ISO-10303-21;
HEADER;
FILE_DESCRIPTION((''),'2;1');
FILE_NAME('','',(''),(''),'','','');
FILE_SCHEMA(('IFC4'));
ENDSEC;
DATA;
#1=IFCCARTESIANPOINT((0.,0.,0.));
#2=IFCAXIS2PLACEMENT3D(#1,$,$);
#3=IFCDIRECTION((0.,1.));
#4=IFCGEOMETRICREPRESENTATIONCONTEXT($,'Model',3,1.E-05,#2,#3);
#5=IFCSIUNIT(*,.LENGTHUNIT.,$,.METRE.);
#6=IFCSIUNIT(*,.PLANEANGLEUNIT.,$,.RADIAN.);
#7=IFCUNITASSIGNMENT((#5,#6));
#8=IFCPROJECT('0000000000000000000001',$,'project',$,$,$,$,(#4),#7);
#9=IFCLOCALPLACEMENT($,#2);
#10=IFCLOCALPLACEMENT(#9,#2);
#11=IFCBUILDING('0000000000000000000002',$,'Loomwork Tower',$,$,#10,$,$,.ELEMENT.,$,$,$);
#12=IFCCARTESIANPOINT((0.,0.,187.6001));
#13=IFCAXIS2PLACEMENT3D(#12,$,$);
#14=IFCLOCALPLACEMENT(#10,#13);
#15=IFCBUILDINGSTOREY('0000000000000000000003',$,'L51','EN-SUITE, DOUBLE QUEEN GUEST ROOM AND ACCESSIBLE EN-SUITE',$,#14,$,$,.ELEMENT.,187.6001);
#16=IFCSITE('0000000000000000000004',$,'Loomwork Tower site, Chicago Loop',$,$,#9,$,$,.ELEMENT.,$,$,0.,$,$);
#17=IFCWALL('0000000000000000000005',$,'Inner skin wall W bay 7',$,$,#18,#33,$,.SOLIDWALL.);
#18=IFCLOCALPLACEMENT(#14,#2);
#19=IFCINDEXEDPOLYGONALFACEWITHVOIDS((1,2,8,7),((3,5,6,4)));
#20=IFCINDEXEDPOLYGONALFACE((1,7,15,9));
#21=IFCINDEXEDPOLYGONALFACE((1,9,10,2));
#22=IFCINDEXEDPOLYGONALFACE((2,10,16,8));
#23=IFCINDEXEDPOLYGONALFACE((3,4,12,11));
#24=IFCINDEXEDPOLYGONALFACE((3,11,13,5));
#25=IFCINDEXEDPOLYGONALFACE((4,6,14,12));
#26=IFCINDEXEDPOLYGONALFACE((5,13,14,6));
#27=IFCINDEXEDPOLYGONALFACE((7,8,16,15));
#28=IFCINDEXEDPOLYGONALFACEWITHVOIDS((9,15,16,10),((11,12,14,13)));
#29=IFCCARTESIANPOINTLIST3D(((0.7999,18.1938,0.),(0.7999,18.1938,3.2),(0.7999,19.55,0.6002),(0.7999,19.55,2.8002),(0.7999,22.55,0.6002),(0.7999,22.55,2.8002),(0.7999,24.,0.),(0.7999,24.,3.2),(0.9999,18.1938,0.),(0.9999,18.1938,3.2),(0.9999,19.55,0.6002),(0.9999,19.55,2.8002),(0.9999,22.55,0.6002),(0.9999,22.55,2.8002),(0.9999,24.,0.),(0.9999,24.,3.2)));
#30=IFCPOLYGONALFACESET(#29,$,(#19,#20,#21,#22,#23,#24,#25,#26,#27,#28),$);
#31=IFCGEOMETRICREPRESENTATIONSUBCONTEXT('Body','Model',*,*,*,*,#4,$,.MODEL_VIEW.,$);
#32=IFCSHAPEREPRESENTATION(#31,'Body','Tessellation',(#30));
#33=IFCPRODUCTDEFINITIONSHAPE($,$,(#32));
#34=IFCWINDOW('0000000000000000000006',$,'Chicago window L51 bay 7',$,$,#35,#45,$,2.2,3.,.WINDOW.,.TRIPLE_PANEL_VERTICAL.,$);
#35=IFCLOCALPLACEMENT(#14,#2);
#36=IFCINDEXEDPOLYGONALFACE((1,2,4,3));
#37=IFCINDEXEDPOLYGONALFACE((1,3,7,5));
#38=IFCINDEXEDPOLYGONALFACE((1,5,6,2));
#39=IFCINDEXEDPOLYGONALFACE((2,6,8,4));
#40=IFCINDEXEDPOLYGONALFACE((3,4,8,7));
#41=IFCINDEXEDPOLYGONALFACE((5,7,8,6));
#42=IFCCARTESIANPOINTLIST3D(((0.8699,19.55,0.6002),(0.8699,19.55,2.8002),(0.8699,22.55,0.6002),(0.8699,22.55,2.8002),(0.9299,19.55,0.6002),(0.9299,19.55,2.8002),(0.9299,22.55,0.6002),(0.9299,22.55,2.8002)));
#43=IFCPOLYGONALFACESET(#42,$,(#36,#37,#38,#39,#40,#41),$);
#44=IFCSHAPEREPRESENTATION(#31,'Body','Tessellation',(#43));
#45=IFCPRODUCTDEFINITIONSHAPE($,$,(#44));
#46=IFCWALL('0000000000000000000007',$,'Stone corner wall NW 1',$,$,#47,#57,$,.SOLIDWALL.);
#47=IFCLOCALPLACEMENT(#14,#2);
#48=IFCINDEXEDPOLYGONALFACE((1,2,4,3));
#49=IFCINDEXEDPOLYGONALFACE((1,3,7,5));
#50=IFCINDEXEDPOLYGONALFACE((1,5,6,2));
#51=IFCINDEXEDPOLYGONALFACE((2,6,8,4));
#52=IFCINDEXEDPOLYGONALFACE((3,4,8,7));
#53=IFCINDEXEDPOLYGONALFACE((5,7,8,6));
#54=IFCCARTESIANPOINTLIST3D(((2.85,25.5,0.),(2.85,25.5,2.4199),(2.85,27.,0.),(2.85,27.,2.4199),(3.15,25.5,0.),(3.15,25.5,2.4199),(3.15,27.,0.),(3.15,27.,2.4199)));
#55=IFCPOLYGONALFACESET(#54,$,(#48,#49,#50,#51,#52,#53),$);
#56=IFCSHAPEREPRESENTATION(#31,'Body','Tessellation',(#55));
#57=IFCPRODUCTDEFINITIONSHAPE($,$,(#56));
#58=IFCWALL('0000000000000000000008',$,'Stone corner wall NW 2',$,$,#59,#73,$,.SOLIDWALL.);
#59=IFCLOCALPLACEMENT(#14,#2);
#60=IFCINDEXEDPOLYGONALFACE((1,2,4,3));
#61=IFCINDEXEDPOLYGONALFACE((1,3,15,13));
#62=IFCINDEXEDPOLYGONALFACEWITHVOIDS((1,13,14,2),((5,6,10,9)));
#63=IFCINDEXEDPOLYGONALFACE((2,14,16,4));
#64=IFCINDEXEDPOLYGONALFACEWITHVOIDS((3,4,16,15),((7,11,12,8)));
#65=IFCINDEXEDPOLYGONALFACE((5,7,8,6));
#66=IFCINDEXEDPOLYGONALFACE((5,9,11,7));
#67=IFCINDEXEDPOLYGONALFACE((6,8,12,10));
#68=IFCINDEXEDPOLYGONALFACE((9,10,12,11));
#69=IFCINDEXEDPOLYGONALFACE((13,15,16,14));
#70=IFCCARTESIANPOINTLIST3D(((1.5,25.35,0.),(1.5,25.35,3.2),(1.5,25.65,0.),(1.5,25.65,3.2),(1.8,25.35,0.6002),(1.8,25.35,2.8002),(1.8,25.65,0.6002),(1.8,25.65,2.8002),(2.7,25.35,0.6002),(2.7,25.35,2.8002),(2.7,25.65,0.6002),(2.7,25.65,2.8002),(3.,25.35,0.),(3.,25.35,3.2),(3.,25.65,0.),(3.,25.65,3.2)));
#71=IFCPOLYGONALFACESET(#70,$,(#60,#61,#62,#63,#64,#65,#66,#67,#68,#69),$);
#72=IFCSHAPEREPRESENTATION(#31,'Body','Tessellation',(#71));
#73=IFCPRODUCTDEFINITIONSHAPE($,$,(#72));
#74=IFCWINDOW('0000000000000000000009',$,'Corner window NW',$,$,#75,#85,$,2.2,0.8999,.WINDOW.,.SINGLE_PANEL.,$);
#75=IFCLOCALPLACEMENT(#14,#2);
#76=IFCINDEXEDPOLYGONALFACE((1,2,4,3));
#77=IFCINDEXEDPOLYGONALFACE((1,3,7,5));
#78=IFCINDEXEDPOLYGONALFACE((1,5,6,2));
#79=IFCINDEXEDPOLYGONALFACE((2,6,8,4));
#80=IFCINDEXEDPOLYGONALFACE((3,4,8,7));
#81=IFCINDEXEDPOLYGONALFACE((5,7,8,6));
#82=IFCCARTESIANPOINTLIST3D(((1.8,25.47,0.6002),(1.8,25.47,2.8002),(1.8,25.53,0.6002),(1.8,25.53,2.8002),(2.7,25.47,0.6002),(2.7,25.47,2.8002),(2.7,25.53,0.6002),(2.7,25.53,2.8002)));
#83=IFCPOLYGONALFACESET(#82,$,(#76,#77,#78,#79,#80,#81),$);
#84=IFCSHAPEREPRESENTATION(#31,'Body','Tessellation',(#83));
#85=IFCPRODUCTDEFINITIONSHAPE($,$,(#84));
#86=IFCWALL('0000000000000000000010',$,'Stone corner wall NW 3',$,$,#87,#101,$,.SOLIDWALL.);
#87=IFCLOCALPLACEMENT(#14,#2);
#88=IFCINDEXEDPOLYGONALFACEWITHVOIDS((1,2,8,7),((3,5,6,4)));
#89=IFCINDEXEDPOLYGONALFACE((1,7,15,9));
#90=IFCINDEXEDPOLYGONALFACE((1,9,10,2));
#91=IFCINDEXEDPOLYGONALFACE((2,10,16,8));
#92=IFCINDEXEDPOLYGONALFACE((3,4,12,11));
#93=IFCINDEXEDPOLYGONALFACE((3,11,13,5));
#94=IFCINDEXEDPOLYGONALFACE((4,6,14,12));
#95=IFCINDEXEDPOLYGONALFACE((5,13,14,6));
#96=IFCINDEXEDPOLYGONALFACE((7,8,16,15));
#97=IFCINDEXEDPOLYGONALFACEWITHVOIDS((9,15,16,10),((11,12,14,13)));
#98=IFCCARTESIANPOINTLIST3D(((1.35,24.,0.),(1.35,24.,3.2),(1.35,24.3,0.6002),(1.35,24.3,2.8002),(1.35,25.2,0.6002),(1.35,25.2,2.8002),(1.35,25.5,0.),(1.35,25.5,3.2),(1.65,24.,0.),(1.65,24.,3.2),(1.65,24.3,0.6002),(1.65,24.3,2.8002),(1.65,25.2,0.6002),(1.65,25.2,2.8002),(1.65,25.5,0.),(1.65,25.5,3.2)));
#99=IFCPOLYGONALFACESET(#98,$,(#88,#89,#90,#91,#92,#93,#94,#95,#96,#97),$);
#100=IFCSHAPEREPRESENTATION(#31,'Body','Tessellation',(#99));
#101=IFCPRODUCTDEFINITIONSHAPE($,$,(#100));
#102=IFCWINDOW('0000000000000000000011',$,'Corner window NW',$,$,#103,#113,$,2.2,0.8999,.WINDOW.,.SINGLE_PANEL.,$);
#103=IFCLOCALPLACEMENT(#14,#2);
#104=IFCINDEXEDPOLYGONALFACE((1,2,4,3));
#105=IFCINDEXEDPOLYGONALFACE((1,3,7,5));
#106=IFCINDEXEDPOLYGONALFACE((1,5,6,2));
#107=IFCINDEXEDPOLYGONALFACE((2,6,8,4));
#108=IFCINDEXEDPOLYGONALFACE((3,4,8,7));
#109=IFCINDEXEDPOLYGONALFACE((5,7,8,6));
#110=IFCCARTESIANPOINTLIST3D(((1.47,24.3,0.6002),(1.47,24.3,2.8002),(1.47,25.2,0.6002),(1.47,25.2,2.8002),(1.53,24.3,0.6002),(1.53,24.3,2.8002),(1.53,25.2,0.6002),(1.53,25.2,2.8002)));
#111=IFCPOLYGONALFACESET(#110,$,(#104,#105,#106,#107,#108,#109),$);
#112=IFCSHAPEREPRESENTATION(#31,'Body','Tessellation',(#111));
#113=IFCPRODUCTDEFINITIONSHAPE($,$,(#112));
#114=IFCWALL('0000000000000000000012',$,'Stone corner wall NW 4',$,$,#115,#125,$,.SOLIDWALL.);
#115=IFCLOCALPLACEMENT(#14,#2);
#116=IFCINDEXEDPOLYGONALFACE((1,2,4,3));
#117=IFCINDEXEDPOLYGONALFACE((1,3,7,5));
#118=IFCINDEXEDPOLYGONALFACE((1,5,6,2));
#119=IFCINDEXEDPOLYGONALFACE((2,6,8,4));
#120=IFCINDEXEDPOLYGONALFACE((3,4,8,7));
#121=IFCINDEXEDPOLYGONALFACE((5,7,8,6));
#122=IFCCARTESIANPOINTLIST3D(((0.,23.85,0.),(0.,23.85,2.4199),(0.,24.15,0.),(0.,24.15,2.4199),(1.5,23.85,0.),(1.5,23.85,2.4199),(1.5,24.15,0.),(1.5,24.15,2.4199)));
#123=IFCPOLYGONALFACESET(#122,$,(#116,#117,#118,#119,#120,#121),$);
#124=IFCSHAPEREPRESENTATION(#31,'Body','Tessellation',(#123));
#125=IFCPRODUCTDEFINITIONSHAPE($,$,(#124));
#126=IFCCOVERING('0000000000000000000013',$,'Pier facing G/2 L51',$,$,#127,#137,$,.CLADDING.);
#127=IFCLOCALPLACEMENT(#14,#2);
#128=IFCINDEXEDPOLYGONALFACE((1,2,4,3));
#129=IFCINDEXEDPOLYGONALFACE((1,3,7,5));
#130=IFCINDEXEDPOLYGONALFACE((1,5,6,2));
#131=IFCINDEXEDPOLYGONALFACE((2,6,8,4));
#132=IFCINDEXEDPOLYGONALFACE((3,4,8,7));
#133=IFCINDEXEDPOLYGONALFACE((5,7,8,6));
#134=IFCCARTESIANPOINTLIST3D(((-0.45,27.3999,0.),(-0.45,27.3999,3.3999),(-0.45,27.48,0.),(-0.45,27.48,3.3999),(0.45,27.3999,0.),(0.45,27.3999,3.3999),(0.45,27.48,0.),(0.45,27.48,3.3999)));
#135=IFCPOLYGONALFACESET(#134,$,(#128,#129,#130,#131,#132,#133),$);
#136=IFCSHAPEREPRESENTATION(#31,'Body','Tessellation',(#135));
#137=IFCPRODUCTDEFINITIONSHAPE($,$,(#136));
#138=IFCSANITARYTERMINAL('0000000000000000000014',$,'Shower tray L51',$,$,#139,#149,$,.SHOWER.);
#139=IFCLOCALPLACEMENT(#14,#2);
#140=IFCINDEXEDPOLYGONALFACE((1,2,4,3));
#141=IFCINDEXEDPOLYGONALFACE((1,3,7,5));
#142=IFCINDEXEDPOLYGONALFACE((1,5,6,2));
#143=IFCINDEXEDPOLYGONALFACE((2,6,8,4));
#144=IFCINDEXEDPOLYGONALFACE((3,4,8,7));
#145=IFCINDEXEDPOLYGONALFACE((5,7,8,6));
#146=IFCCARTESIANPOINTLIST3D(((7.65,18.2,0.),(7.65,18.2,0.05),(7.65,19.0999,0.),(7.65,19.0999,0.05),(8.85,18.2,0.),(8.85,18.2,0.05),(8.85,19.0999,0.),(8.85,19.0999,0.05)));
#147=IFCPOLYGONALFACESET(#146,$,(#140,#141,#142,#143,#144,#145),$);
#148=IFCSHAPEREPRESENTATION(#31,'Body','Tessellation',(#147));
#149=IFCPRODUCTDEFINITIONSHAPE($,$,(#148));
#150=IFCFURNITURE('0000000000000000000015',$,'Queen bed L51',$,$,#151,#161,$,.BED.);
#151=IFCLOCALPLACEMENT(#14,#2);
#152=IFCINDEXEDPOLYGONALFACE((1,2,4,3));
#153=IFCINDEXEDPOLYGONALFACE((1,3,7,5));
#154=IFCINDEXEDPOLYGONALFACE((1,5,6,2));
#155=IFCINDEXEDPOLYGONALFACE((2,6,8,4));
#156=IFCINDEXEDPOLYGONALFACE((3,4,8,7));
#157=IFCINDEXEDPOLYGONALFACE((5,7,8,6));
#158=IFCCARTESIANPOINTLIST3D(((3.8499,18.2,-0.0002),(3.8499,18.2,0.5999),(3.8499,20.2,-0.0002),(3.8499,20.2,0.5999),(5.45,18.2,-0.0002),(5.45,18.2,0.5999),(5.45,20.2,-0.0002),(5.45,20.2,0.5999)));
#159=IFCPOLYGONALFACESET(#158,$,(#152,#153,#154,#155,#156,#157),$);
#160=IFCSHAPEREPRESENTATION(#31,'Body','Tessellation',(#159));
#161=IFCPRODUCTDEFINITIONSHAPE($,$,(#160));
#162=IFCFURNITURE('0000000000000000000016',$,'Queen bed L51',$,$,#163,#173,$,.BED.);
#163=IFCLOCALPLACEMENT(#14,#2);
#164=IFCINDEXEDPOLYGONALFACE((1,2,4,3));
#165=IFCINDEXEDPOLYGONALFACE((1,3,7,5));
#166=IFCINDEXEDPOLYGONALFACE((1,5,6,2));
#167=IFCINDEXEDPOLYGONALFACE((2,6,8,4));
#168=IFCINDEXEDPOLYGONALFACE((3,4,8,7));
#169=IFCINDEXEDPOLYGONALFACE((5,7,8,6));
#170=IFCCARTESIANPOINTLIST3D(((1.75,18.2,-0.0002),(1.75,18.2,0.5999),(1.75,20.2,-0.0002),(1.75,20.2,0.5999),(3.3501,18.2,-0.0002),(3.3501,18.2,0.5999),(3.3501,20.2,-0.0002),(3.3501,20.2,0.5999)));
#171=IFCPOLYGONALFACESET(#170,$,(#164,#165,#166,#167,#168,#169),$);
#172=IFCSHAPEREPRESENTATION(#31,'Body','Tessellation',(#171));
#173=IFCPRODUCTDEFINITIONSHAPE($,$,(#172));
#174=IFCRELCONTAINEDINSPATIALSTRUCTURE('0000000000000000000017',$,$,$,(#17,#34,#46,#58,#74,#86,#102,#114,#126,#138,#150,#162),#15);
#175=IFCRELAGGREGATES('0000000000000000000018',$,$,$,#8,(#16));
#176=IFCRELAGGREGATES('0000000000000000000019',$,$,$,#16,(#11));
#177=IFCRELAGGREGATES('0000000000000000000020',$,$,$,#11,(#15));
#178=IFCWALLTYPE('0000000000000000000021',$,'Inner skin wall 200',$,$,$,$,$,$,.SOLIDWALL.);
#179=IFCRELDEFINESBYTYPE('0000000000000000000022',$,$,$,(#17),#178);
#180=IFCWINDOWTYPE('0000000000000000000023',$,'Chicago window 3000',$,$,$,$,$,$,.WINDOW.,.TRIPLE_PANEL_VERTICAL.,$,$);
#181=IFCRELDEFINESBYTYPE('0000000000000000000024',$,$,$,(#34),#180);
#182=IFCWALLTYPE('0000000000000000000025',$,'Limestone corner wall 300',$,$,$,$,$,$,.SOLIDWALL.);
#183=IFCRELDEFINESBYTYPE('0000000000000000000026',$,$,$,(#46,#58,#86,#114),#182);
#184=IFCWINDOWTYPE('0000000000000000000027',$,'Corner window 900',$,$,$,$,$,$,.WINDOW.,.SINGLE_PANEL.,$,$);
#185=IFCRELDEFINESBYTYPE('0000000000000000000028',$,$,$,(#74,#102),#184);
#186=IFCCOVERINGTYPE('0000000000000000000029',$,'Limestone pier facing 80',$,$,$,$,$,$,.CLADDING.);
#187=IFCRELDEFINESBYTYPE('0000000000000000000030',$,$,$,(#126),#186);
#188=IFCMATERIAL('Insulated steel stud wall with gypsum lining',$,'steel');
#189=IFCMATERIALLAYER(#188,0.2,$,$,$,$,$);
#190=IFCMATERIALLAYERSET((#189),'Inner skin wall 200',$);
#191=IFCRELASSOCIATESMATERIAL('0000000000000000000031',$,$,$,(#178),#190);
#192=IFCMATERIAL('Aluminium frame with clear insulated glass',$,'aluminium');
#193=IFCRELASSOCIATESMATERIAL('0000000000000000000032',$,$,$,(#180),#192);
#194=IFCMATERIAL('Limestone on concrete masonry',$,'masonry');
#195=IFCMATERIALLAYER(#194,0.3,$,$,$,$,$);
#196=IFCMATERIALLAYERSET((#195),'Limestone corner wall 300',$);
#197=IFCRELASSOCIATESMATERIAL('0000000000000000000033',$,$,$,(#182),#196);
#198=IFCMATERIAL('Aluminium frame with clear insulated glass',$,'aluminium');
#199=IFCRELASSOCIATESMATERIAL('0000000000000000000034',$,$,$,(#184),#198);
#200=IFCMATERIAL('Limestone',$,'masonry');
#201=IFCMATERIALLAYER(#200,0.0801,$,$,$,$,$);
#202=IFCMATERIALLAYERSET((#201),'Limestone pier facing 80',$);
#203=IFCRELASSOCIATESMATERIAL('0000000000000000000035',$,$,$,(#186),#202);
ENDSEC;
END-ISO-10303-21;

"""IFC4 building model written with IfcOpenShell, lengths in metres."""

from ifc_helpers import new_model, si_unit, direction, frame, frame_2d, origin, origin_2d, place, context, subcontext, project, spatial, rectangle, extrude, material, layer, layer_set, type_object, element, fill, save


model = new_model("IFC4")

# Units and contexts
model_context = context("Model", 3, precision=1e-05, world=origin(), true_north=direction((0.0, 1.0)))
body_context = subcontext(model_context, "Body", "Model", "MODEL_VIEW")
ifc_project = project(units=[si_unit("LENGTHUNIT", "METRE"), si_unit("PLANEANGLEUNIT", "RADIAN")], contexts=[model_context])

# Site, building, storey
site_placement = place(None, origin())
site = spatial("IfcSite", under=ifc_project, at=site_placement, Name="Loomwork Tower site, Chicago Loop", CompositionType="ELEMENT", RefElevation=0.0)
building_placement = place(site_placement, origin())
building = spatial("IfcBuilding", under=site, at=building_placement, Name="Loomwork Tower", CompositionType="ELEMENT")
storey_placement = place(building_placement, frame((0.0, 0.0, 187.6001)))
storey = spatial("IfcBuildingStorey", under=building, at=storey_placement, Name="L51", Description="EN-SUITE, DOUBLE QUEEN GUEST ROOM AND ACCESSIBLE EN-SUITE", CompositionType="ELEMENT", Elevation=187.6001)

# Wall, opening, window
ifc_material_1 = material(Name="Insulated steel stud wall with gypsum lining", Category="steel")
ifc_layer_1 = layer(ifc_material_1, 0.2)
ifc_layer_set_1 = layer_set([ifc_layer_1], Name="Inner skin wall 200")
wall_type_1 = type_object("IfcWallType", Name="Inner skin wall 200", PredefinedType="SOLIDWALL", material=ifc_layer_set_1)
wall_1_placement = place(storey_placement, frame((0.8999, 18.1938, 0.0), z_axis=(0.0, 0.0, 1.0), x_axis=(0.0, 1.0, 0.0)))
wall_1 = element("IfcWall", 1, at=wall_1_placement, inside=storey, type_object=wall_type_1, Name="Inner skin wall W bay 7", PredefinedType="SOLIDWALL", context=body_context, shape_type="SweptSolid", body=[
    extrude(rectangle(XDim=5.8062, YDim=0.2, at=frame_2d((2.9031, 0.0))), origin(), (0.0, 0.0, 1.0), 3.2),
])
opening_1_placement = place(wall_1_placement, frame((1.3562, 0.0, 0.6001)))
opening_1 = element("IfcOpeningElement", 2, at=opening_1_placement, cuts=wall_1, PredefinedType="OPENING", context=body_context, shape_type="SweptSolid", body=[
    extrude(rectangle(XDim=3.0, YDim=2.2, at=frame_2d((1.5, 1.1001))), frame((0.0, 0.1099, 0.0), z_axis=(0.0, -1.0, 0.0), x_axis=(1.0, 0.0, 0.0)), (0.0, 0.0, 1.0), 0.22),
])
ifc_material_2 = material(Name="Aluminium frame with clear insulated glass", Category="aluminium")
window_type_1 = type_object("IfcWindowType", Name="Chicago window 3000", PartitioningType="TRIPLE_PANEL_VERTICAL", PredefinedType="WINDOW", material=ifc_material_2)
window_1_placement = place(opening_1_placement, origin())
window_1 = element("IfcWindow", 3, at=window_1_placement, inside=storey, type_object=window_type_1, Name="Chicago window L51 bay 7", OverallHeight=2.2, OverallWidth=3.0, PartitioningType="TRIPLE_PANEL_VERTICAL", PredefinedType="WINDOW", context=body_context, shape_type="SweptSolid", body=[
    extrude(rectangle(XDim=3.0, YDim=2.2, at=frame_2d((1.5, 1.1001))), frame((0.0, 0.03, 0.0), z_axis=(0.0, -1.0, 0.0), x_axis=(1.0, 0.0, 0.0)), (0.0, 0.0, 1.0), 0.0601),
])
fill(opening_1, window_1)

# Wall
ifc_material_3 = material(Name="Limestone on concrete masonry", Category="masonry")
ifc_layer_2 = layer(ifc_material_3, 0.3)
ifc_layer_set_2 = layer_set([ifc_layer_2], Name="Limestone corner wall 300")
wall_type_2 = type_object("IfcWallType", Name="Limestone corner wall 300", PredefinedType="SOLIDWALL", material=ifc_layer_set_2)
wall_2_placement = place(storey_placement, frame((3.0, 27.0, 0.0), z_axis=(0.0, 0.0, 1.0), x_axis=(0.0, -1.0, 0.0)))
element("IfcWall", 4, at=wall_2_placement, inside=storey, type_object=wall_type_2, Name="Stone corner wall NW 1", PredefinedType="SOLIDWALL", context=body_context, shape_type="SweptSolid", body=[
    extrude(rectangle(XDim=1.5, YDim=0.3, at=frame_2d((0.75, 0.0))), origin(), (0.0, 0.0, 1.0), 2.4199),
])

# Walls, openings, windows
wall_3_placement = place(storey_placement, frame((3.0, 25.5, 0.0), z_axis=(0.0, 0.0, 1.0), x_axis=(-1.0, 0.0, 0.0)))
wall_3 = element("IfcWall", 5, at=wall_3_placement, inside=storey, type_object=wall_type_2, Name="Stone corner wall NW 2", PredefinedType="SOLIDWALL", context=body_context, shape_type="SweptSolid", body=[
    extrude(rectangle(XDim=1.5, YDim=0.3, at=frame_2d((0.75, 0.0))), origin(), (0.0, 0.0, 1.0), 3.2),
])
opening_2_placement = place(wall_3_placement, frame((0.3, 0.0, 0.6001)))
opening_2 = element("IfcOpeningElement", 6, at=opening_2_placement, cuts=wall_3, PredefinedType="OPENING", context=body_context, shape_type="SweptSolid", body=[
    extrude(rectangle(XDim=0.8999, YDim=2.2, at=frame_2d((0.45, 1.1001))), frame((0.0, 0.1599, 0.0), z_axis=(0.0, -1.0, 0.0), x_axis=(1.0, 0.0, 0.0)), (0.0, 0.0, 1.0), 0.3201),
])
ifc_material_4 = material(Name="Aluminium frame with clear insulated glass", Category="aluminium")
window_type_2 = type_object("IfcWindowType", Name="Corner window 900", PartitioningType="SINGLE_PANEL", PredefinedType="WINDOW", material=ifc_material_4)
window_2_placement = place(opening_2_placement, origin())
window_2 = element("IfcWindow", 7, at=window_2_placement, inside=storey, type_object=window_type_2, Name="Corner window NW", OverallHeight=2.2, OverallWidth=0.8999, PartitioningType="SINGLE_PANEL", PredefinedType="WINDOW", context=body_context, shape_type="SweptSolid", body=[
    extrude(rectangle(XDim=0.8999, YDim=2.2, at=frame_2d((0.45, 1.1001))), frame((0.0, 0.03, 0.0), z_axis=(0.0, -1.0, 0.0), x_axis=(1.0, 0.0, 0.0)), (0.0, 0.0, 1.0), 0.0601),
])
fill(opening_2, window_2)
wall_4_placement = place(storey_placement, frame((1.5, 25.5, 0.0), z_axis=(0.0, 0.0, 1.0), x_axis=(0.0, -1.0, 0.0)))
wall_4 = element("IfcWall", 8, at=wall_4_placement, inside=storey, type_object=wall_type_2, Name="Stone corner wall NW 3", PredefinedType="SOLIDWALL", context=body_context, shape_type="SweptSolid", body=[
    extrude(rectangle(XDim=1.5, YDim=0.3, at=frame_2d((0.75, 0.0))), origin(), (0.0, 0.0, 1.0), 3.2),
])
opening_3_placement = place(wall_4_placement, frame((0.3, 0.0, 0.6001)))
opening_3 = element("IfcOpeningElement", 9, at=opening_3_placement, cuts=wall_4, PredefinedType="OPENING", context=body_context, shape_type="SweptSolid", body=[
    extrude(rectangle(XDim=0.8999, YDim=2.2, at=frame_2d((0.45, 1.1001))), frame((0.0, 0.1599, 0.0), z_axis=(0.0, -1.0, 0.0), x_axis=(1.0, 0.0, 0.0)), (0.0, 0.0, 1.0), 0.3201),
])
window_3_placement = place(opening_3_placement, origin())
window_3 = element("IfcWindow", 10, at=window_3_placement, inside=storey, type_object=window_type_2, Name="Corner window NW", OverallHeight=2.2, OverallWidth=0.8999, PartitioningType="SINGLE_PANEL", PredefinedType="WINDOW", context=body_context, shape_type="SweptSolid", body=[
    extrude(rectangle(XDim=0.8999, YDim=2.2, at=frame_2d((0.45, 1.1001))), frame((0.0, 0.03, 0.0), z_axis=(0.0, -1.0, 0.0), x_axis=(1.0, 0.0, 0.0)), (0.0, 0.0, 1.0), 0.0601),
])
fill(opening_3, window_3)

# Wall
wall_5_placement = place(storey_placement, frame((1.5, 24.0, 0.0), z_axis=(0.0, 0.0, 1.0), x_axis=(-1.0, 0.0, 0.0)))
element("IfcWall", 11, at=wall_5_placement, inside=storey, type_object=wall_type_2, Name="Stone corner wall NW 4", PredefinedType="SOLIDWALL", context=body_context, shape_type="SweptSolid", body=[
    extrude(rectangle(XDim=1.5, YDim=0.3, at=frame_2d((0.75, 0.0))), origin(), (0.0, 0.0, 1.0), 2.4199),
])

# Covering
ifc_material_5 = material(Name="Limestone", Category="masonry")
ifc_layer_3 = layer(ifc_material_5, 0.0801)
ifc_layer_set_3 = layer_set([ifc_layer_3], Name="Limestone pier facing 80")
covering_type = type_object("IfcCoveringType", Name="Limestone pier facing 80", PredefinedType="CLADDING", material=ifc_layer_set_3)
covering_placement = place(storey_placement, frame((0.0, 27.4399, 0.0), z_axis=(0.0, 0.0, 1.0), x_axis=(1.0, 0.0, 0.0)))
element("IfcCovering", 12, at=covering_placement, inside=storey, type_object=covering_type, Name="Pier facing G/2 L51", PredefinedType="CLADDING", context=body_context, shape_type="SweptSolid", body=[
    extrude(rectangle(XDim=0.8999, YDim=0.0801, at=origin_2d()), origin(), (0.0, 0.0, 1.0), 3.3999),
])

# Sanitary terminal
sanitary_terminal_placement = place(storey_placement, frame((8.25, 18.6499, 0.0), z_axis=(0.0, 0.0, 1.0), x_axis=(1.0, 0.0, 0.0)))
element("IfcSanitaryTerminal", 13, at=sanitary_terminal_placement, inside=storey, Name="Shower tray L51", PredefinedType="SHOWER", context=body_context, shape_type="SweptSolid", body=[
    extrude(rectangle(XDim=1.2, YDim=0.8999, at=origin_2d()), origin(), (0.0, 0.0, 1.0), 0.05),
])

# Furniture
for number, where, z_axis, x_axis, name in (
    (14, (4.6499, 19.2, -0.0002), (0.0, 0.0, 1.0), (1.0, 0.0, 0.0), "Queen bed L51"),
    (15, (2.55, 19.2, -0.0002), (0.0, 0.0, 1.0), (1.0, 0.0, 0.0), "Queen bed L51"),
):
    element("IfcFurniture", number, at=place(storey_placement, frame(where, z_axis=z_axis, x_axis=x_axis)), inside=storey, Name=name, PredefinedType="BED", context=body_context, shape_type="SweptSolid", body=[
        extrude(rectangle(XDim=1.6001, YDim=2.0, at=origin_2d()), origin(), (0.0, 0.0, 1.0), 0.6001),
    ])

save(model, "model.ifc")
